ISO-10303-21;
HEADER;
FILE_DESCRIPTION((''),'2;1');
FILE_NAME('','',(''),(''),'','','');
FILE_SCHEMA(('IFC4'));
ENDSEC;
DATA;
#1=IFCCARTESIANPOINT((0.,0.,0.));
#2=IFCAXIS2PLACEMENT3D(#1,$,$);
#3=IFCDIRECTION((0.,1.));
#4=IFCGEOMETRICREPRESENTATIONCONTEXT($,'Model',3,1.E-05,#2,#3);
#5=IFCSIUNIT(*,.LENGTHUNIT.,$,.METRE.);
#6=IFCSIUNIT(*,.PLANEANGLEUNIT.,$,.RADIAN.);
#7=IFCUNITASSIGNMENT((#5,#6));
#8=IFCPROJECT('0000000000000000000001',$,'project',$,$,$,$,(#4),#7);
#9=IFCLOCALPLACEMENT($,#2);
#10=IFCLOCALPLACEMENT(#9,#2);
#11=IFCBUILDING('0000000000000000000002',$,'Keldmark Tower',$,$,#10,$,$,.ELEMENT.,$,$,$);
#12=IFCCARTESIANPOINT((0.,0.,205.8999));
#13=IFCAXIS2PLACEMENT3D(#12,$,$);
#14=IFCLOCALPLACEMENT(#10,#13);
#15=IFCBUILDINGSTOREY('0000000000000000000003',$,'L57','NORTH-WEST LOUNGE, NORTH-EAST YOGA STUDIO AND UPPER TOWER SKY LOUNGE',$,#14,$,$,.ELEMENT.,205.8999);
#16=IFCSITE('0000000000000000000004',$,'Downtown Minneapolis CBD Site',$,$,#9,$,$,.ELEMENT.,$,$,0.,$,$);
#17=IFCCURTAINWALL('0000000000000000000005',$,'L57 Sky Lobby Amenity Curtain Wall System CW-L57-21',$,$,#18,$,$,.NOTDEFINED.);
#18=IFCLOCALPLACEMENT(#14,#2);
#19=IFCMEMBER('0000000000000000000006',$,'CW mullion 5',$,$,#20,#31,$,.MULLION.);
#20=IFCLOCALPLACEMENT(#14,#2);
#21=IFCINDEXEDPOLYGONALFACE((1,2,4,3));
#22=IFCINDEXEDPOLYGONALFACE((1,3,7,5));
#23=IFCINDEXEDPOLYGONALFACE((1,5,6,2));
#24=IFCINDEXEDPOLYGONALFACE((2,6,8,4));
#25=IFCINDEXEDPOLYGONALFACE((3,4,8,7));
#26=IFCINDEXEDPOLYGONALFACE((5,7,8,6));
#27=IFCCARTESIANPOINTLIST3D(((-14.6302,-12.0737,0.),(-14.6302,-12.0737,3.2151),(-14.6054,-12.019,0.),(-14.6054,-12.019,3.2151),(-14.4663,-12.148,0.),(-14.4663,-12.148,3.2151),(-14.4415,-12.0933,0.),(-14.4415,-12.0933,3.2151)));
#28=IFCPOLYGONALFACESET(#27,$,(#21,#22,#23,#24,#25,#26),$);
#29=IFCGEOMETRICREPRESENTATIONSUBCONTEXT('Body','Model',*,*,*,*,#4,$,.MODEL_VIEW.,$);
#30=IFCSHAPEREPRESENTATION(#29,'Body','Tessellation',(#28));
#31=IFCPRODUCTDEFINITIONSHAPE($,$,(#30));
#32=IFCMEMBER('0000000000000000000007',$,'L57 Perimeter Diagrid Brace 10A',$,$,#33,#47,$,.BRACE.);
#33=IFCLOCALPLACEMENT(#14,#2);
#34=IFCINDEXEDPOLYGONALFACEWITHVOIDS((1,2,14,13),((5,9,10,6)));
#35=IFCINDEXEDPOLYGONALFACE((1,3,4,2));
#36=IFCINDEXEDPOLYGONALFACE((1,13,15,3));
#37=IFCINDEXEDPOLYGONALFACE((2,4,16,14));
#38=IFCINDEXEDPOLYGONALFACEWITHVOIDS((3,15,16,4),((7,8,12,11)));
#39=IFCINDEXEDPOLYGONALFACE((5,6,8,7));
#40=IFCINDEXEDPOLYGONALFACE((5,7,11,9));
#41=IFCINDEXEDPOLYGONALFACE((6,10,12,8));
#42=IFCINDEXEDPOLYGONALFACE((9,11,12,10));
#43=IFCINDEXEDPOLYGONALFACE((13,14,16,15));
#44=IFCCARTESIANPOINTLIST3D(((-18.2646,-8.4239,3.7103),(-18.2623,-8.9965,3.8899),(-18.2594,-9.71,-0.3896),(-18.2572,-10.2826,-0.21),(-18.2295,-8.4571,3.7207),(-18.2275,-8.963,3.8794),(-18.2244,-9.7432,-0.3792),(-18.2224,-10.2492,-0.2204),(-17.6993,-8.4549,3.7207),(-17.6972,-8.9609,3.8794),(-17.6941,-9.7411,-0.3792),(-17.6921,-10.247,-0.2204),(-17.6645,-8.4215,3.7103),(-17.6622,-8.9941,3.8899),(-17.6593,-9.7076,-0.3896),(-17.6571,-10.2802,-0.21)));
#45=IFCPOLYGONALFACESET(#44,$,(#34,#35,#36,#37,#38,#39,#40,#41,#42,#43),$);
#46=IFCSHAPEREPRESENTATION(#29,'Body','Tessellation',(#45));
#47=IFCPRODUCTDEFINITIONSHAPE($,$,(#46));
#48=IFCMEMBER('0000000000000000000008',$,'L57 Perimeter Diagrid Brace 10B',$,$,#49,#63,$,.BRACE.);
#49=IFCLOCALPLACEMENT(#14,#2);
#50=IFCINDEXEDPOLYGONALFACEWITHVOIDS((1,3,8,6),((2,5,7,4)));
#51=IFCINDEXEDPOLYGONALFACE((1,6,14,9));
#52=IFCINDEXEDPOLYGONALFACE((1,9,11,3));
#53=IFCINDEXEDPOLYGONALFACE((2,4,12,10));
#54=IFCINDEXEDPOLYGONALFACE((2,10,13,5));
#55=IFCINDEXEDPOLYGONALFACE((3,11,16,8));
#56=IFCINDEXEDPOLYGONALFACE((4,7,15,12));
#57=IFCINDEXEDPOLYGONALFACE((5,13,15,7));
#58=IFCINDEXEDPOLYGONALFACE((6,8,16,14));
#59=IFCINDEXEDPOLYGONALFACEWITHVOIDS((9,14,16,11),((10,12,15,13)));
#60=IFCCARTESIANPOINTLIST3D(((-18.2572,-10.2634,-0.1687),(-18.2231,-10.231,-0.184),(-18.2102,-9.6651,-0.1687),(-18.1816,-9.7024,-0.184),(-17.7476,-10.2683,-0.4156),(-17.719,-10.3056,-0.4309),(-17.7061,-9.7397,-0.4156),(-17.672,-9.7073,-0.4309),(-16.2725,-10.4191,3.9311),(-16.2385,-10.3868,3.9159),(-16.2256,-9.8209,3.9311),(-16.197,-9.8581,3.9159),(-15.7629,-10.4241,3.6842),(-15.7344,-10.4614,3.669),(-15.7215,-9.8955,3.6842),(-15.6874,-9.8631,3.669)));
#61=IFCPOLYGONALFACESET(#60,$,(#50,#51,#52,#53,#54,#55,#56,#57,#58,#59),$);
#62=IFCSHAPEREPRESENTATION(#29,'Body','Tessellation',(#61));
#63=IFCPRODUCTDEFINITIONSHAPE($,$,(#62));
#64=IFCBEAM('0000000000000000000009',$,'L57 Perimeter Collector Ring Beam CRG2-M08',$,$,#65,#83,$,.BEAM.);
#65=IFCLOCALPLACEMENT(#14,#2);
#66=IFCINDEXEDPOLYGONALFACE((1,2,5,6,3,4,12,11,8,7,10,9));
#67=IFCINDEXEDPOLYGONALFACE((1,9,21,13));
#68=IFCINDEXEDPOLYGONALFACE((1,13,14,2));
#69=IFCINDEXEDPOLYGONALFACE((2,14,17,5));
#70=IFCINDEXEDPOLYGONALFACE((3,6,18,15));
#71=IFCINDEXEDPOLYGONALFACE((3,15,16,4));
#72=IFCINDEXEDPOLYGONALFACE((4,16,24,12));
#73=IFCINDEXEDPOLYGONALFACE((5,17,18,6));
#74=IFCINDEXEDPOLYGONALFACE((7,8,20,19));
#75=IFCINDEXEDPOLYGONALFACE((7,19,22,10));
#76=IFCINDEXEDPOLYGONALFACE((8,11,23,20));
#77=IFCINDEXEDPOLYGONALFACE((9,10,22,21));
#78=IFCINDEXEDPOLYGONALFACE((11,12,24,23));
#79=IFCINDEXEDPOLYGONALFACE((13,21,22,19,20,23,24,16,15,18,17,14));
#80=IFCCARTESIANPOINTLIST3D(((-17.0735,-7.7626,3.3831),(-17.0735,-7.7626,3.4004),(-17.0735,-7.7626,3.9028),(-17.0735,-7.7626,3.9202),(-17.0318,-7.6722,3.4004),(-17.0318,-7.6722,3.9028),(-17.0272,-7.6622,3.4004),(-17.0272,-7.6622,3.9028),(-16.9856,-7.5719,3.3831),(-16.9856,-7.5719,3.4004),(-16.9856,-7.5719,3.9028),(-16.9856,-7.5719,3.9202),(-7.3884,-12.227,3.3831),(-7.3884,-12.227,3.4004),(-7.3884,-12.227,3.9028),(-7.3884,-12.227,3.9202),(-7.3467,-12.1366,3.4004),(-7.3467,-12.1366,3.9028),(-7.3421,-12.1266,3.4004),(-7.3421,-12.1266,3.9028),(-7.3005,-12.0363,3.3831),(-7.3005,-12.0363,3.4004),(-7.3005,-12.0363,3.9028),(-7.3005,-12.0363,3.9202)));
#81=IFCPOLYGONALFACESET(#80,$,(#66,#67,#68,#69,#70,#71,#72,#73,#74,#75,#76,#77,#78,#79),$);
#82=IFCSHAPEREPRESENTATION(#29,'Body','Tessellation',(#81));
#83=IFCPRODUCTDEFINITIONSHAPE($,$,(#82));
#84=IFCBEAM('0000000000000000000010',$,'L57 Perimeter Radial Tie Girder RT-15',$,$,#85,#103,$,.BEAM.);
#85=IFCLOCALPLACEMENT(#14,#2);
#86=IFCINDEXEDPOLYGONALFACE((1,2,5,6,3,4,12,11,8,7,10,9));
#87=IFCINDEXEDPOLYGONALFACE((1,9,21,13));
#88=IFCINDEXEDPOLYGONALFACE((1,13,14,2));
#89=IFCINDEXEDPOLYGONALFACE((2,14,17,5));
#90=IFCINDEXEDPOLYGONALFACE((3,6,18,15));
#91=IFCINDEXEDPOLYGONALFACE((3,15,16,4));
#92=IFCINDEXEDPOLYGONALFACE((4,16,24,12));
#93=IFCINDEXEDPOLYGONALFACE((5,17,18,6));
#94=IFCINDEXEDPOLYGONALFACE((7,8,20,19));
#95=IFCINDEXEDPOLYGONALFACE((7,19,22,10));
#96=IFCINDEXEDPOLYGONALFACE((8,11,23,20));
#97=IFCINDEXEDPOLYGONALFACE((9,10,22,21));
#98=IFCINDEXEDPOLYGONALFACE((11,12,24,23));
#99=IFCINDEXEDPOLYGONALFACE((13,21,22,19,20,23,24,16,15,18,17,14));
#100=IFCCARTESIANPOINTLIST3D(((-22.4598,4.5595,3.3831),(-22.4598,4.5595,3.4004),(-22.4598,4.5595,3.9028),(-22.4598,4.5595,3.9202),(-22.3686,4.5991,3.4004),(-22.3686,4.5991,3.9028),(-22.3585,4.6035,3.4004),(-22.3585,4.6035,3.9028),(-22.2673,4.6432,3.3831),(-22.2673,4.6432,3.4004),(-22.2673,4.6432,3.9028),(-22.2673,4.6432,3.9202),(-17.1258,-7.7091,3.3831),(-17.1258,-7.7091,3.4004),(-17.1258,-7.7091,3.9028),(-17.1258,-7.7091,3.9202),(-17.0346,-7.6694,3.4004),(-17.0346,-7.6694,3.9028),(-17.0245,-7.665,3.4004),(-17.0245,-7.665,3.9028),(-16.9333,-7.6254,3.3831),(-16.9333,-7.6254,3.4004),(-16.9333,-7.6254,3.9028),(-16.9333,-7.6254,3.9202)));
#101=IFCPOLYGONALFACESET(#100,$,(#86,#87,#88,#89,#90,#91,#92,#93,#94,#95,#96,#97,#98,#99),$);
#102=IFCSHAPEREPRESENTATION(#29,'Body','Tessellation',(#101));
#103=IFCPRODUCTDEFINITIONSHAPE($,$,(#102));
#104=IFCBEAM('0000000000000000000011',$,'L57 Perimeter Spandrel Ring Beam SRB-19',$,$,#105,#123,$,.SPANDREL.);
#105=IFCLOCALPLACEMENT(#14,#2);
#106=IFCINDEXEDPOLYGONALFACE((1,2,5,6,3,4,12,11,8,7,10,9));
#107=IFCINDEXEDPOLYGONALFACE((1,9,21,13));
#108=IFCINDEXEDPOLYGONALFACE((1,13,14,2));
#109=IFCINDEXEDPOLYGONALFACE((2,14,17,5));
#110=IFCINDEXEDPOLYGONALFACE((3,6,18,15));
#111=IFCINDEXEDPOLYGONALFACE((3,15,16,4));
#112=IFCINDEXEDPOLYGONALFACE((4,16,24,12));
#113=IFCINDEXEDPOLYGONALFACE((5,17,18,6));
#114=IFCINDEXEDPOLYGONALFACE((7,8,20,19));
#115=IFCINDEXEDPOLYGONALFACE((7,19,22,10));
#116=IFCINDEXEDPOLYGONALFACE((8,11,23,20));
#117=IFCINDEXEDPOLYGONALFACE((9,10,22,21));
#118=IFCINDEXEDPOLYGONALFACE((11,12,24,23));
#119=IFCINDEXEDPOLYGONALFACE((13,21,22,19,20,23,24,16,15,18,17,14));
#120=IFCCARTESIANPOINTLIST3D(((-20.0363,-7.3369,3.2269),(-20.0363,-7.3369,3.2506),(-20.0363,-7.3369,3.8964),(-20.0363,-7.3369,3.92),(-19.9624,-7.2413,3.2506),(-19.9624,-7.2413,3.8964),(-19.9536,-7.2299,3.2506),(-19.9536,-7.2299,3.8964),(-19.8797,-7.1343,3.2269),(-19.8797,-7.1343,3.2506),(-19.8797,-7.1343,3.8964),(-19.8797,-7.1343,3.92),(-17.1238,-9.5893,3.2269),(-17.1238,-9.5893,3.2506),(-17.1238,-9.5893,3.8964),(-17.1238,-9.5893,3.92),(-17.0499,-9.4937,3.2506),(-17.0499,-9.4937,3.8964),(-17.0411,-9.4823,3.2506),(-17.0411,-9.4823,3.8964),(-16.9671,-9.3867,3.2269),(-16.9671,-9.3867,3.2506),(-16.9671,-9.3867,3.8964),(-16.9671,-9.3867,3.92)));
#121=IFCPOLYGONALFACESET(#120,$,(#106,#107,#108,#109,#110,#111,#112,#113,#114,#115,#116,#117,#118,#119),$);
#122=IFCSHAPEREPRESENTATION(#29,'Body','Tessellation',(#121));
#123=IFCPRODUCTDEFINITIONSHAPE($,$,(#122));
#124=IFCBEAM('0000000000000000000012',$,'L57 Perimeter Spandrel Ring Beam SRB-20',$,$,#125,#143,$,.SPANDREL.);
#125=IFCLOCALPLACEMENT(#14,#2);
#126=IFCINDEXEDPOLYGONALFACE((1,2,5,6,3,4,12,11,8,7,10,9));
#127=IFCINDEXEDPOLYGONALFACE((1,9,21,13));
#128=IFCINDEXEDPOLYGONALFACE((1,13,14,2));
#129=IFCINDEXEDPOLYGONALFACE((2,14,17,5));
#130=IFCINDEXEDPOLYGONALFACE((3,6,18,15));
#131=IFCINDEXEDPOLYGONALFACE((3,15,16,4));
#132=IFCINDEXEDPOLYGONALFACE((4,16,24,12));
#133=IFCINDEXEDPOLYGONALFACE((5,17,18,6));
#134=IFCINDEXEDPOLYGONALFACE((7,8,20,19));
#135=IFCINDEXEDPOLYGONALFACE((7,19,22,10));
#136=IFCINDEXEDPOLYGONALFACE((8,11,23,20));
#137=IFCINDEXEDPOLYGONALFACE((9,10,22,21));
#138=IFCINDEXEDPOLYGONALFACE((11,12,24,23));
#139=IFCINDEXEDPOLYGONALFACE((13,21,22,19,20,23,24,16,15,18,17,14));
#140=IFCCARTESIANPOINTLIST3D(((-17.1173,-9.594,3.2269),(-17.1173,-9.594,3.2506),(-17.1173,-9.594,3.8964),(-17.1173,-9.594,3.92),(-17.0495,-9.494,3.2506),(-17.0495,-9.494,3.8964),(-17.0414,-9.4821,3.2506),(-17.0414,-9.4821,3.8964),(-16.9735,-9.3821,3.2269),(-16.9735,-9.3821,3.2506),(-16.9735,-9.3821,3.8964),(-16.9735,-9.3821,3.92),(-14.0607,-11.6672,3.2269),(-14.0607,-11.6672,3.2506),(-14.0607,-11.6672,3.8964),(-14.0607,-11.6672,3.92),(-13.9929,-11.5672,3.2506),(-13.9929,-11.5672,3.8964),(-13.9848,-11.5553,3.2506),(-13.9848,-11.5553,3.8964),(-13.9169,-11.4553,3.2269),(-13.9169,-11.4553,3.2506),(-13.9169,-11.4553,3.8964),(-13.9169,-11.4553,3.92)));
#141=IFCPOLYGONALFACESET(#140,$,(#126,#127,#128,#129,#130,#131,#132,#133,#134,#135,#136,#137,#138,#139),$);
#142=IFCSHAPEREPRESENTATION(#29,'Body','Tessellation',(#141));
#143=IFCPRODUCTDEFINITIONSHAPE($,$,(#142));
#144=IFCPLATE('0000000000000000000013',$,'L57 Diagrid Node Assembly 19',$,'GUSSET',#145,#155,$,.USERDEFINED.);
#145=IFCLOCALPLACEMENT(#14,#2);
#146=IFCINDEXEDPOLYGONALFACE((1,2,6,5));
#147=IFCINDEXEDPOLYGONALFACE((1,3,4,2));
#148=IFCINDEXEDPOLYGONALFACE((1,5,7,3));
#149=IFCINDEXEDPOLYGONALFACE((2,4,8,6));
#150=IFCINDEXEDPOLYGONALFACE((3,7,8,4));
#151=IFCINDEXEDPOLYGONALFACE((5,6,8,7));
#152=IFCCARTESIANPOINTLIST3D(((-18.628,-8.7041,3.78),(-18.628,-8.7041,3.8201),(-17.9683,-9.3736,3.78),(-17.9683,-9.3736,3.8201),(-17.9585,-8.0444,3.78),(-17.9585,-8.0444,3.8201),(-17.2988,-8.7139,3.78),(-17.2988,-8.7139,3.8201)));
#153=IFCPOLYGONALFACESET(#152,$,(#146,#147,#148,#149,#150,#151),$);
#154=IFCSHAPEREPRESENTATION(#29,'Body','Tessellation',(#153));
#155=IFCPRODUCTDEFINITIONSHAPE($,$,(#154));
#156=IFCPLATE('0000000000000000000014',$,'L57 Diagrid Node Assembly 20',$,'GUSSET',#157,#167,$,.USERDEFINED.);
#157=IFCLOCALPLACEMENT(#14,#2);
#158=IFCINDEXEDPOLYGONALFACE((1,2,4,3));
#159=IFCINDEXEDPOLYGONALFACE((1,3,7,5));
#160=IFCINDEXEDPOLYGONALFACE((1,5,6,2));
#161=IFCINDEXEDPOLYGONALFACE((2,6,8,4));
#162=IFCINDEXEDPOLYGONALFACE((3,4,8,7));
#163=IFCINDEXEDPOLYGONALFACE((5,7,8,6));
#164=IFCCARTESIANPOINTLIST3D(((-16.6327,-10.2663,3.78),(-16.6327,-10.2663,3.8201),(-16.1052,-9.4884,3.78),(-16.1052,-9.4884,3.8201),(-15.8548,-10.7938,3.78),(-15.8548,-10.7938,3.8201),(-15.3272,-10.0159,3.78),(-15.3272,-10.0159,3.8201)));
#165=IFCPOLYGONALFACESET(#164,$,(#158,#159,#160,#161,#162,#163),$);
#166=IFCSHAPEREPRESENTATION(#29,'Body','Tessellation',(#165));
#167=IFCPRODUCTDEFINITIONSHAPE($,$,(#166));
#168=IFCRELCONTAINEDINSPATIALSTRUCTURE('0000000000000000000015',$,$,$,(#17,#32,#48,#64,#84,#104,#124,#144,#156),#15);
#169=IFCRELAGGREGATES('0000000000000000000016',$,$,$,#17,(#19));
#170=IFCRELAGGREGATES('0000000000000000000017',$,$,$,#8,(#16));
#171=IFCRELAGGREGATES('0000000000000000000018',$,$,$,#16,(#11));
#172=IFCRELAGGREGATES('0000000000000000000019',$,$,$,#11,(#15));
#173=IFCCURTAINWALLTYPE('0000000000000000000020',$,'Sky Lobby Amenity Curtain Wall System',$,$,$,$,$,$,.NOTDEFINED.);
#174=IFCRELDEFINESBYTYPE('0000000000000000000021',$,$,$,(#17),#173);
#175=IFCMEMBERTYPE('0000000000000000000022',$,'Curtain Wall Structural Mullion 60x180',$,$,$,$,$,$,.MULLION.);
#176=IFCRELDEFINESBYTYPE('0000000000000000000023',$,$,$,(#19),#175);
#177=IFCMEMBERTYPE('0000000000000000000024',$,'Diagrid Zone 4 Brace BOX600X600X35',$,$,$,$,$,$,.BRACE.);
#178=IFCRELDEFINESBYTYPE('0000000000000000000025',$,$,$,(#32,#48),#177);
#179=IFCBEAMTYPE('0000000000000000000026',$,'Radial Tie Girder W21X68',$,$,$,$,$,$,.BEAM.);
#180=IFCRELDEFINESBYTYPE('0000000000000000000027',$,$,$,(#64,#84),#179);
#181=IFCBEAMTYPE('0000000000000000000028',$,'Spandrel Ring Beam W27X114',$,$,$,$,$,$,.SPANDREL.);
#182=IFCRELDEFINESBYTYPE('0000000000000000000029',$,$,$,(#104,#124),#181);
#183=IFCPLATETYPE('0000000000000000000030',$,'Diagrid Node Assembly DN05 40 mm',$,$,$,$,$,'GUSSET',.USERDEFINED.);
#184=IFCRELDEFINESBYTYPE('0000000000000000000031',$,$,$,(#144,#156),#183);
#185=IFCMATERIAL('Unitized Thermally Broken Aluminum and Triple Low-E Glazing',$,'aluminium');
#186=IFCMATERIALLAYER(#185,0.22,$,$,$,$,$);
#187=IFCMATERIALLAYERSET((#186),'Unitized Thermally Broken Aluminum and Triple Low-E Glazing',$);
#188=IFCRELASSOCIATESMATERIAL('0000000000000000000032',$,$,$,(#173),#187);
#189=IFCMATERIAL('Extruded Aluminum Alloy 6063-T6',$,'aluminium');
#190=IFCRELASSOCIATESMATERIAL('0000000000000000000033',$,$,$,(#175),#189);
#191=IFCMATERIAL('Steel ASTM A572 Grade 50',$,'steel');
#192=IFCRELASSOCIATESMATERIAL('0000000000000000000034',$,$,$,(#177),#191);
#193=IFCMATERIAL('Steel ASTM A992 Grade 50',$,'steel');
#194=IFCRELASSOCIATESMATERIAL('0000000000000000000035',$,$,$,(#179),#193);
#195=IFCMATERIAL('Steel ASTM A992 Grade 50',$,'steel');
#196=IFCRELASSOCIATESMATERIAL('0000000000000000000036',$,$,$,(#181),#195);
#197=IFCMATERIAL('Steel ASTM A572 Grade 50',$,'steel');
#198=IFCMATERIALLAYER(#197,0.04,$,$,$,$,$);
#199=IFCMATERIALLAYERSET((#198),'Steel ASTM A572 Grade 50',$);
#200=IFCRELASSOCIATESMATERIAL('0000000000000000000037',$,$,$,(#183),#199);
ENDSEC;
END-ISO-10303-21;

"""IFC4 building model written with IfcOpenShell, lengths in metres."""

from ifc_helpers import new_model, si_unit, direction, frame, origin, origin_2d, place, context, subcontext, project, spatial, rectangle, hollow_rectangle, i_section, extrude, material, layer, layer_set, material_profile, profile_set, type_object, element, aggregate, save


model = new_model("IFC4")

# Units and contexts
model_context = context("Model", 3, precision=1e-05, world=origin(), true_north=direction((0.0, 1.0)))
body_context = subcontext(model_context, "Body", "Model", "MODEL_VIEW")
ifc_project = project(units=[si_unit("LENGTHUNIT", "METRE"), si_unit("PLANEANGLEUNIT", "RADIAN")], contexts=[model_context])

# Site, building, storey
site_placement = place(None, origin())
site = spatial("IfcSite", under=ifc_project, at=site_placement, Name="Downtown Minneapolis CBD Site", CompositionType="ELEMENT", RefElevation=0.0)
building_placement = place(site_placement, origin())
building = spatial("IfcBuilding", under=site, at=building_placement, Name="Keldmark Tower", CompositionType="ELEMENT")
storey_placement = place(building_placement, frame((0.0, 0.0, 205.8999)))
storey = spatial("IfcBuildingStorey", under=building, at=storey_placement, Name="L57", Description="NORTH-WEST LOUNGE, NORTH-EAST YOGA STUDIO AND UPPER TOWER SKY LOUNGE", CompositionType="ELEMENT", Elevation=205.8999)

# Curtain wall, member
ifc_material_1 = material(Name="Unitized Thermally Broken Aluminum and Triple Low-E Glazing", Category="aluminium")
ifc_layer_1 = layer(ifc_material_1, 0.22)
ifc_layer_set_1 = layer_set([ifc_layer_1], Name="Unitized Thermally Broken Aluminum and Triple Low-E Glazing")
curtain_wall_type = type_object("IfcCurtainWallType", Name="Sky Lobby Amenity Curtain Wall System", PredefinedType="NOTDEFINED", material=ifc_layer_set_1)
curtain_wall_placement = place(storey_placement, origin())
curtain_wall = element("IfcCurtainWall", 1, at=curtain_wall_placement, inside=storey, type_object=curtain_wall_type, Name="L57 Sky Lobby Amenity Curtain Wall System CW-L57-21", PredefinedType="NOTDEFINED")
ifc_material_2 = material(Name="Extruded Aluminum Alloy 6063-T6", Category="aluminium")
ifc_material_profile_1 = material_profile(ifc_material_2, rectangle(XDim=0.0601, YDim=0.1799, at=origin_2d()), Name="CWM60X180")
ifc_profile_set_1 = profile_set([ifc_material_profile_1], Name="Extruded Aluminum Alloy 6063-T6")
member_type_1 = type_object("IfcMemberType", Name="Curtain Wall Structural Mullion 60x180", PredefinedType="MULLION", material=ifc_profile_set_1)
member_1_placement = place(storey_placement, frame((-14.5359, -12.0835, 0.0), z_axis=(0.0, 0.0, 1.0), x_axis=(-0.412693, -0.91087, 0.0)))
member_1 = element("IfcMember", 2, at=member_1_placement, type_object=member_type_1, Name="CW mullion 5", PredefinedType="MULLION", context=body_context, shape_type="SweptSolid", body=[
    extrude(rectangle(XDim=0.0601, YDim=0.1799, at=origin_2d()), origin(), (0.0, 0.0, 1.0), 3.2151),
])
aggregate(curtain_wall, [member_1])

# Members
ifc_material_3 = material(Name="Steel ASTM A572 Grade 50", Category="steel")
ifc_material_profile_2 = material_profile(ifc_material_3, hollow_rectangle(XDim=0.6001, YDim=0.6001, WallThickness=0.0349, at=origin_2d()), Name="BOX600X600X35")
ifc_profile_set_2 = profile_set([ifc_material_profile_2], Name="Steel ASTM A572 Grade 50")
member_type_2 = type_object("IfcMemberType", Name="Diagrid Zone 4 Brace BOX600X600X35", PredefinedType="BRACE", material=ifc_profile_set_2)
member_2_placement = place(storey_placement, frame((-17.9583, -9.9951, -0.2998), z_axis=(-0.001193, 0.29932, 0.954152), x_axis=(-0.999992, -0.003986, 0.0)))
element("IfcMember", 3, at=member_2_placement, inside=storey, type_object=member_type_2, Name="L57 Perimeter Diagrid Brace 10A", PredefinedType="BRACE", context=body_context, shape_type="SweptSolid", body=[
    extrude(hollow_rectangle(XDim=0.6001, YDim=0.6001, WallThickness=0.0349, at=origin_2d()), origin(), (0.0, 0.0, 1.0), 4.2969),
])
member_3_placement = place(storey_placement, frame((-17.9646, -9.9854, -0.2998), z_axis=(0.435452, -0.034176, 0.899563), x_axis=(0.078244, 0.996934, 0.0)))
element("IfcMember", 4, at=member_3_placement, inside=storey, type_object=member_type_2, Name="L57 Perimeter Diagrid Brace 10B", PredefinedType="BRACE", context=body_context, shape_type="SweptSolid", body=[
    extrude(hollow_rectangle(XDim=0.6001, YDim=0.6001, WallThickness=0.0349, at=origin_2d()), origin(), (0.0, 0.0, 1.0), 4.5576),
])

# Beams
ifc_material_4 = material(Name="Steel ASTM A992 Grade 50", Category="steel")
ifc_material_profile_3 = material_profile(ifc_material_4, i_section(OverallWidth=0.21, OverallDepth=0.5371, WebThickness=0.011, FlangeThickness=0.0173, at=origin_2d()), Name="W21X68")
ifc_profile_set_3 = profile_set([ifc_material_profile_3], Name="Steel ASTM A992 Grade 50")
beam_type_1 = type_object("IfcBeamType", Name="Radial Tie Girder W21X68", PredefinedType="BEAM", material=ifc_profile_set_3)
beam_1_placement = place(storey_placement, frame((-17.0295, -7.6672, 3.6516), z_axis=(0.908162, -0.41862, 0.0), x_axis=(0.41862, 0.908162, 0.0)))
element("IfcBeam", 5, at=beam_1_placement, inside=storey, type_object=beam_type_1, Name="L57 Perimeter Collector Ring Beam CRG2-M08", PredefinedType="BEAM", context=body_context, shape_type="SweptSolid", body=[
    extrude(i_section(OverallWidth=0.21, OverallDepth=0.5371, WebThickness=0.011, FlangeThickness=0.0173, at=origin_2d()), origin(), (0.0, 0.0, 1.0), 10.6646),
])
beam_2_placement = place(storey_placement, frame((-17.0295, -7.6672, 3.6516), z_axis=(-0.398715, 0.917075, 0.0), x_axis=(-0.917075, -0.398715, 0.0)))
element("IfcBeam", 6, at=beam_2_placement, inside=storey, type_object=beam_type_1, Name="L57 Perimeter Radial Tie Girder RT-15", PredefinedType="BEAM", context=body_context, shape_type="SweptSolid", body=[
    extrude(i_section(OverallWidth=0.21, OverallDepth=0.5371, WebThickness=0.011, FlangeThickness=0.0173, at=origin_2d()), origin(), (0.0, 0.0, 1.0), 13.3779),
])
ifc_material_5 = material(Name="Steel ASTM A992 Grade 50", Category="steel")
ifc_material_profile_4 = material_profile(ifc_material_5, i_section(OverallWidth=0.2561, OverallDepth=0.6931, WebThickness=0.0144, FlangeThickness=0.0237, at=origin_2d()), Name="W27X114")
ifc_profile_set_4 = profile_set([ifc_material_profile_4], Name="Steel ASTM A992 Grade 50")
beam_type_2 = type_object("IfcBeamType", Name="Spandrel Ring Beam W27X114", PredefinedType="SPANDREL", material=ifc_profile_set_4)
beam_3_placement = place(storey_placement, frame((-19.958, -7.2356, 3.5735), z_axis=(0.791049, -0.611753, 0.0), x_axis=(0.611753, 0.791049, 0.0)))
element("IfcBeam", 7, at=beam_3_placement, inside=storey, type_object=beam_type_2, Name="L57 Perimeter Spandrel Ring Beam SRB-19", PredefinedType="SPANDREL", context=body_context, shape_type="SweptSolid", body=[
    extrude(i_section(OverallWidth=0.2561, OverallDepth=0.6931, WebThickness=0.0144, FlangeThickness=0.0237, at=origin_2d()), origin(), (0.0, 0.0, 1.0), 3.6819),
])
beam_4_placement = place(storey_placement, frame((-17.0454, -9.488, 3.5735), z_axis=(0.82759, -0.561333, 0.0), x_axis=(0.561333, 0.82759, 0.0)))
element("IfcBeam", 8, at=beam_4_placement, inside=storey, type_object=beam_type_2, Name="L57 Perimeter Spandrel Ring Beam SRB-20", PredefinedType="SPANDREL", context=body_context, shape_type="SweptSolid", body=[
    extrude(i_section(OverallWidth=0.2561, OverallDepth=0.6931, WebThickness=0.0144, FlangeThickness=0.0237, at=origin_2d()), origin(), (0.0, 0.0, 1.0), 3.6934),
])

# Plates
ifc_material_6 = material(Name="Steel ASTM A572 Grade 50", Category="steel")
ifc_layer_2 = layer(ifc_material_6, 0.04)
ifc_layer_set_2 = layer_set([ifc_layer_2], Name="Steel ASTM A572 Grade 50")
plate_type = type_object("IfcPlateType", Name="Diagrid Node Assembly DN05 40 mm", ElementType="GUSSET", PredefinedType="USERDEFINED", material=ifc_layer_set_2)
for number, where, z_axis, x_axis, name in (
    (9, (-17.9634, -8.709, 3.78), (0.0, 0.0, 1.0), (0.701904, -0.712271, 0.0), "L57 Diagrid Node Assembly 19"),
    (10, (-15.98, -10.1411, 3.78), (0.0, 0.0, 1.0), (0.827669, -0.561217, 0.0), "L57 Diagrid Node Assembly 20"),
):
    element("IfcPlate", number, at=place(storey_placement, frame(where, z_axis=z_axis, x_axis=x_axis)), inside=storey, type_object=plate_type, Name=name, ObjectType="GUSSET", PredefinedType="USERDEFINED", context=body_context, shape_type="SweptSolid", body=[
        extrude(rectangle(XDim=0.9399, YDim=0.9399, at=origin_2d()), origin(), (0.0, 0.0, 1.0), 0.04),
    ])

save(model, "model.ifc")
